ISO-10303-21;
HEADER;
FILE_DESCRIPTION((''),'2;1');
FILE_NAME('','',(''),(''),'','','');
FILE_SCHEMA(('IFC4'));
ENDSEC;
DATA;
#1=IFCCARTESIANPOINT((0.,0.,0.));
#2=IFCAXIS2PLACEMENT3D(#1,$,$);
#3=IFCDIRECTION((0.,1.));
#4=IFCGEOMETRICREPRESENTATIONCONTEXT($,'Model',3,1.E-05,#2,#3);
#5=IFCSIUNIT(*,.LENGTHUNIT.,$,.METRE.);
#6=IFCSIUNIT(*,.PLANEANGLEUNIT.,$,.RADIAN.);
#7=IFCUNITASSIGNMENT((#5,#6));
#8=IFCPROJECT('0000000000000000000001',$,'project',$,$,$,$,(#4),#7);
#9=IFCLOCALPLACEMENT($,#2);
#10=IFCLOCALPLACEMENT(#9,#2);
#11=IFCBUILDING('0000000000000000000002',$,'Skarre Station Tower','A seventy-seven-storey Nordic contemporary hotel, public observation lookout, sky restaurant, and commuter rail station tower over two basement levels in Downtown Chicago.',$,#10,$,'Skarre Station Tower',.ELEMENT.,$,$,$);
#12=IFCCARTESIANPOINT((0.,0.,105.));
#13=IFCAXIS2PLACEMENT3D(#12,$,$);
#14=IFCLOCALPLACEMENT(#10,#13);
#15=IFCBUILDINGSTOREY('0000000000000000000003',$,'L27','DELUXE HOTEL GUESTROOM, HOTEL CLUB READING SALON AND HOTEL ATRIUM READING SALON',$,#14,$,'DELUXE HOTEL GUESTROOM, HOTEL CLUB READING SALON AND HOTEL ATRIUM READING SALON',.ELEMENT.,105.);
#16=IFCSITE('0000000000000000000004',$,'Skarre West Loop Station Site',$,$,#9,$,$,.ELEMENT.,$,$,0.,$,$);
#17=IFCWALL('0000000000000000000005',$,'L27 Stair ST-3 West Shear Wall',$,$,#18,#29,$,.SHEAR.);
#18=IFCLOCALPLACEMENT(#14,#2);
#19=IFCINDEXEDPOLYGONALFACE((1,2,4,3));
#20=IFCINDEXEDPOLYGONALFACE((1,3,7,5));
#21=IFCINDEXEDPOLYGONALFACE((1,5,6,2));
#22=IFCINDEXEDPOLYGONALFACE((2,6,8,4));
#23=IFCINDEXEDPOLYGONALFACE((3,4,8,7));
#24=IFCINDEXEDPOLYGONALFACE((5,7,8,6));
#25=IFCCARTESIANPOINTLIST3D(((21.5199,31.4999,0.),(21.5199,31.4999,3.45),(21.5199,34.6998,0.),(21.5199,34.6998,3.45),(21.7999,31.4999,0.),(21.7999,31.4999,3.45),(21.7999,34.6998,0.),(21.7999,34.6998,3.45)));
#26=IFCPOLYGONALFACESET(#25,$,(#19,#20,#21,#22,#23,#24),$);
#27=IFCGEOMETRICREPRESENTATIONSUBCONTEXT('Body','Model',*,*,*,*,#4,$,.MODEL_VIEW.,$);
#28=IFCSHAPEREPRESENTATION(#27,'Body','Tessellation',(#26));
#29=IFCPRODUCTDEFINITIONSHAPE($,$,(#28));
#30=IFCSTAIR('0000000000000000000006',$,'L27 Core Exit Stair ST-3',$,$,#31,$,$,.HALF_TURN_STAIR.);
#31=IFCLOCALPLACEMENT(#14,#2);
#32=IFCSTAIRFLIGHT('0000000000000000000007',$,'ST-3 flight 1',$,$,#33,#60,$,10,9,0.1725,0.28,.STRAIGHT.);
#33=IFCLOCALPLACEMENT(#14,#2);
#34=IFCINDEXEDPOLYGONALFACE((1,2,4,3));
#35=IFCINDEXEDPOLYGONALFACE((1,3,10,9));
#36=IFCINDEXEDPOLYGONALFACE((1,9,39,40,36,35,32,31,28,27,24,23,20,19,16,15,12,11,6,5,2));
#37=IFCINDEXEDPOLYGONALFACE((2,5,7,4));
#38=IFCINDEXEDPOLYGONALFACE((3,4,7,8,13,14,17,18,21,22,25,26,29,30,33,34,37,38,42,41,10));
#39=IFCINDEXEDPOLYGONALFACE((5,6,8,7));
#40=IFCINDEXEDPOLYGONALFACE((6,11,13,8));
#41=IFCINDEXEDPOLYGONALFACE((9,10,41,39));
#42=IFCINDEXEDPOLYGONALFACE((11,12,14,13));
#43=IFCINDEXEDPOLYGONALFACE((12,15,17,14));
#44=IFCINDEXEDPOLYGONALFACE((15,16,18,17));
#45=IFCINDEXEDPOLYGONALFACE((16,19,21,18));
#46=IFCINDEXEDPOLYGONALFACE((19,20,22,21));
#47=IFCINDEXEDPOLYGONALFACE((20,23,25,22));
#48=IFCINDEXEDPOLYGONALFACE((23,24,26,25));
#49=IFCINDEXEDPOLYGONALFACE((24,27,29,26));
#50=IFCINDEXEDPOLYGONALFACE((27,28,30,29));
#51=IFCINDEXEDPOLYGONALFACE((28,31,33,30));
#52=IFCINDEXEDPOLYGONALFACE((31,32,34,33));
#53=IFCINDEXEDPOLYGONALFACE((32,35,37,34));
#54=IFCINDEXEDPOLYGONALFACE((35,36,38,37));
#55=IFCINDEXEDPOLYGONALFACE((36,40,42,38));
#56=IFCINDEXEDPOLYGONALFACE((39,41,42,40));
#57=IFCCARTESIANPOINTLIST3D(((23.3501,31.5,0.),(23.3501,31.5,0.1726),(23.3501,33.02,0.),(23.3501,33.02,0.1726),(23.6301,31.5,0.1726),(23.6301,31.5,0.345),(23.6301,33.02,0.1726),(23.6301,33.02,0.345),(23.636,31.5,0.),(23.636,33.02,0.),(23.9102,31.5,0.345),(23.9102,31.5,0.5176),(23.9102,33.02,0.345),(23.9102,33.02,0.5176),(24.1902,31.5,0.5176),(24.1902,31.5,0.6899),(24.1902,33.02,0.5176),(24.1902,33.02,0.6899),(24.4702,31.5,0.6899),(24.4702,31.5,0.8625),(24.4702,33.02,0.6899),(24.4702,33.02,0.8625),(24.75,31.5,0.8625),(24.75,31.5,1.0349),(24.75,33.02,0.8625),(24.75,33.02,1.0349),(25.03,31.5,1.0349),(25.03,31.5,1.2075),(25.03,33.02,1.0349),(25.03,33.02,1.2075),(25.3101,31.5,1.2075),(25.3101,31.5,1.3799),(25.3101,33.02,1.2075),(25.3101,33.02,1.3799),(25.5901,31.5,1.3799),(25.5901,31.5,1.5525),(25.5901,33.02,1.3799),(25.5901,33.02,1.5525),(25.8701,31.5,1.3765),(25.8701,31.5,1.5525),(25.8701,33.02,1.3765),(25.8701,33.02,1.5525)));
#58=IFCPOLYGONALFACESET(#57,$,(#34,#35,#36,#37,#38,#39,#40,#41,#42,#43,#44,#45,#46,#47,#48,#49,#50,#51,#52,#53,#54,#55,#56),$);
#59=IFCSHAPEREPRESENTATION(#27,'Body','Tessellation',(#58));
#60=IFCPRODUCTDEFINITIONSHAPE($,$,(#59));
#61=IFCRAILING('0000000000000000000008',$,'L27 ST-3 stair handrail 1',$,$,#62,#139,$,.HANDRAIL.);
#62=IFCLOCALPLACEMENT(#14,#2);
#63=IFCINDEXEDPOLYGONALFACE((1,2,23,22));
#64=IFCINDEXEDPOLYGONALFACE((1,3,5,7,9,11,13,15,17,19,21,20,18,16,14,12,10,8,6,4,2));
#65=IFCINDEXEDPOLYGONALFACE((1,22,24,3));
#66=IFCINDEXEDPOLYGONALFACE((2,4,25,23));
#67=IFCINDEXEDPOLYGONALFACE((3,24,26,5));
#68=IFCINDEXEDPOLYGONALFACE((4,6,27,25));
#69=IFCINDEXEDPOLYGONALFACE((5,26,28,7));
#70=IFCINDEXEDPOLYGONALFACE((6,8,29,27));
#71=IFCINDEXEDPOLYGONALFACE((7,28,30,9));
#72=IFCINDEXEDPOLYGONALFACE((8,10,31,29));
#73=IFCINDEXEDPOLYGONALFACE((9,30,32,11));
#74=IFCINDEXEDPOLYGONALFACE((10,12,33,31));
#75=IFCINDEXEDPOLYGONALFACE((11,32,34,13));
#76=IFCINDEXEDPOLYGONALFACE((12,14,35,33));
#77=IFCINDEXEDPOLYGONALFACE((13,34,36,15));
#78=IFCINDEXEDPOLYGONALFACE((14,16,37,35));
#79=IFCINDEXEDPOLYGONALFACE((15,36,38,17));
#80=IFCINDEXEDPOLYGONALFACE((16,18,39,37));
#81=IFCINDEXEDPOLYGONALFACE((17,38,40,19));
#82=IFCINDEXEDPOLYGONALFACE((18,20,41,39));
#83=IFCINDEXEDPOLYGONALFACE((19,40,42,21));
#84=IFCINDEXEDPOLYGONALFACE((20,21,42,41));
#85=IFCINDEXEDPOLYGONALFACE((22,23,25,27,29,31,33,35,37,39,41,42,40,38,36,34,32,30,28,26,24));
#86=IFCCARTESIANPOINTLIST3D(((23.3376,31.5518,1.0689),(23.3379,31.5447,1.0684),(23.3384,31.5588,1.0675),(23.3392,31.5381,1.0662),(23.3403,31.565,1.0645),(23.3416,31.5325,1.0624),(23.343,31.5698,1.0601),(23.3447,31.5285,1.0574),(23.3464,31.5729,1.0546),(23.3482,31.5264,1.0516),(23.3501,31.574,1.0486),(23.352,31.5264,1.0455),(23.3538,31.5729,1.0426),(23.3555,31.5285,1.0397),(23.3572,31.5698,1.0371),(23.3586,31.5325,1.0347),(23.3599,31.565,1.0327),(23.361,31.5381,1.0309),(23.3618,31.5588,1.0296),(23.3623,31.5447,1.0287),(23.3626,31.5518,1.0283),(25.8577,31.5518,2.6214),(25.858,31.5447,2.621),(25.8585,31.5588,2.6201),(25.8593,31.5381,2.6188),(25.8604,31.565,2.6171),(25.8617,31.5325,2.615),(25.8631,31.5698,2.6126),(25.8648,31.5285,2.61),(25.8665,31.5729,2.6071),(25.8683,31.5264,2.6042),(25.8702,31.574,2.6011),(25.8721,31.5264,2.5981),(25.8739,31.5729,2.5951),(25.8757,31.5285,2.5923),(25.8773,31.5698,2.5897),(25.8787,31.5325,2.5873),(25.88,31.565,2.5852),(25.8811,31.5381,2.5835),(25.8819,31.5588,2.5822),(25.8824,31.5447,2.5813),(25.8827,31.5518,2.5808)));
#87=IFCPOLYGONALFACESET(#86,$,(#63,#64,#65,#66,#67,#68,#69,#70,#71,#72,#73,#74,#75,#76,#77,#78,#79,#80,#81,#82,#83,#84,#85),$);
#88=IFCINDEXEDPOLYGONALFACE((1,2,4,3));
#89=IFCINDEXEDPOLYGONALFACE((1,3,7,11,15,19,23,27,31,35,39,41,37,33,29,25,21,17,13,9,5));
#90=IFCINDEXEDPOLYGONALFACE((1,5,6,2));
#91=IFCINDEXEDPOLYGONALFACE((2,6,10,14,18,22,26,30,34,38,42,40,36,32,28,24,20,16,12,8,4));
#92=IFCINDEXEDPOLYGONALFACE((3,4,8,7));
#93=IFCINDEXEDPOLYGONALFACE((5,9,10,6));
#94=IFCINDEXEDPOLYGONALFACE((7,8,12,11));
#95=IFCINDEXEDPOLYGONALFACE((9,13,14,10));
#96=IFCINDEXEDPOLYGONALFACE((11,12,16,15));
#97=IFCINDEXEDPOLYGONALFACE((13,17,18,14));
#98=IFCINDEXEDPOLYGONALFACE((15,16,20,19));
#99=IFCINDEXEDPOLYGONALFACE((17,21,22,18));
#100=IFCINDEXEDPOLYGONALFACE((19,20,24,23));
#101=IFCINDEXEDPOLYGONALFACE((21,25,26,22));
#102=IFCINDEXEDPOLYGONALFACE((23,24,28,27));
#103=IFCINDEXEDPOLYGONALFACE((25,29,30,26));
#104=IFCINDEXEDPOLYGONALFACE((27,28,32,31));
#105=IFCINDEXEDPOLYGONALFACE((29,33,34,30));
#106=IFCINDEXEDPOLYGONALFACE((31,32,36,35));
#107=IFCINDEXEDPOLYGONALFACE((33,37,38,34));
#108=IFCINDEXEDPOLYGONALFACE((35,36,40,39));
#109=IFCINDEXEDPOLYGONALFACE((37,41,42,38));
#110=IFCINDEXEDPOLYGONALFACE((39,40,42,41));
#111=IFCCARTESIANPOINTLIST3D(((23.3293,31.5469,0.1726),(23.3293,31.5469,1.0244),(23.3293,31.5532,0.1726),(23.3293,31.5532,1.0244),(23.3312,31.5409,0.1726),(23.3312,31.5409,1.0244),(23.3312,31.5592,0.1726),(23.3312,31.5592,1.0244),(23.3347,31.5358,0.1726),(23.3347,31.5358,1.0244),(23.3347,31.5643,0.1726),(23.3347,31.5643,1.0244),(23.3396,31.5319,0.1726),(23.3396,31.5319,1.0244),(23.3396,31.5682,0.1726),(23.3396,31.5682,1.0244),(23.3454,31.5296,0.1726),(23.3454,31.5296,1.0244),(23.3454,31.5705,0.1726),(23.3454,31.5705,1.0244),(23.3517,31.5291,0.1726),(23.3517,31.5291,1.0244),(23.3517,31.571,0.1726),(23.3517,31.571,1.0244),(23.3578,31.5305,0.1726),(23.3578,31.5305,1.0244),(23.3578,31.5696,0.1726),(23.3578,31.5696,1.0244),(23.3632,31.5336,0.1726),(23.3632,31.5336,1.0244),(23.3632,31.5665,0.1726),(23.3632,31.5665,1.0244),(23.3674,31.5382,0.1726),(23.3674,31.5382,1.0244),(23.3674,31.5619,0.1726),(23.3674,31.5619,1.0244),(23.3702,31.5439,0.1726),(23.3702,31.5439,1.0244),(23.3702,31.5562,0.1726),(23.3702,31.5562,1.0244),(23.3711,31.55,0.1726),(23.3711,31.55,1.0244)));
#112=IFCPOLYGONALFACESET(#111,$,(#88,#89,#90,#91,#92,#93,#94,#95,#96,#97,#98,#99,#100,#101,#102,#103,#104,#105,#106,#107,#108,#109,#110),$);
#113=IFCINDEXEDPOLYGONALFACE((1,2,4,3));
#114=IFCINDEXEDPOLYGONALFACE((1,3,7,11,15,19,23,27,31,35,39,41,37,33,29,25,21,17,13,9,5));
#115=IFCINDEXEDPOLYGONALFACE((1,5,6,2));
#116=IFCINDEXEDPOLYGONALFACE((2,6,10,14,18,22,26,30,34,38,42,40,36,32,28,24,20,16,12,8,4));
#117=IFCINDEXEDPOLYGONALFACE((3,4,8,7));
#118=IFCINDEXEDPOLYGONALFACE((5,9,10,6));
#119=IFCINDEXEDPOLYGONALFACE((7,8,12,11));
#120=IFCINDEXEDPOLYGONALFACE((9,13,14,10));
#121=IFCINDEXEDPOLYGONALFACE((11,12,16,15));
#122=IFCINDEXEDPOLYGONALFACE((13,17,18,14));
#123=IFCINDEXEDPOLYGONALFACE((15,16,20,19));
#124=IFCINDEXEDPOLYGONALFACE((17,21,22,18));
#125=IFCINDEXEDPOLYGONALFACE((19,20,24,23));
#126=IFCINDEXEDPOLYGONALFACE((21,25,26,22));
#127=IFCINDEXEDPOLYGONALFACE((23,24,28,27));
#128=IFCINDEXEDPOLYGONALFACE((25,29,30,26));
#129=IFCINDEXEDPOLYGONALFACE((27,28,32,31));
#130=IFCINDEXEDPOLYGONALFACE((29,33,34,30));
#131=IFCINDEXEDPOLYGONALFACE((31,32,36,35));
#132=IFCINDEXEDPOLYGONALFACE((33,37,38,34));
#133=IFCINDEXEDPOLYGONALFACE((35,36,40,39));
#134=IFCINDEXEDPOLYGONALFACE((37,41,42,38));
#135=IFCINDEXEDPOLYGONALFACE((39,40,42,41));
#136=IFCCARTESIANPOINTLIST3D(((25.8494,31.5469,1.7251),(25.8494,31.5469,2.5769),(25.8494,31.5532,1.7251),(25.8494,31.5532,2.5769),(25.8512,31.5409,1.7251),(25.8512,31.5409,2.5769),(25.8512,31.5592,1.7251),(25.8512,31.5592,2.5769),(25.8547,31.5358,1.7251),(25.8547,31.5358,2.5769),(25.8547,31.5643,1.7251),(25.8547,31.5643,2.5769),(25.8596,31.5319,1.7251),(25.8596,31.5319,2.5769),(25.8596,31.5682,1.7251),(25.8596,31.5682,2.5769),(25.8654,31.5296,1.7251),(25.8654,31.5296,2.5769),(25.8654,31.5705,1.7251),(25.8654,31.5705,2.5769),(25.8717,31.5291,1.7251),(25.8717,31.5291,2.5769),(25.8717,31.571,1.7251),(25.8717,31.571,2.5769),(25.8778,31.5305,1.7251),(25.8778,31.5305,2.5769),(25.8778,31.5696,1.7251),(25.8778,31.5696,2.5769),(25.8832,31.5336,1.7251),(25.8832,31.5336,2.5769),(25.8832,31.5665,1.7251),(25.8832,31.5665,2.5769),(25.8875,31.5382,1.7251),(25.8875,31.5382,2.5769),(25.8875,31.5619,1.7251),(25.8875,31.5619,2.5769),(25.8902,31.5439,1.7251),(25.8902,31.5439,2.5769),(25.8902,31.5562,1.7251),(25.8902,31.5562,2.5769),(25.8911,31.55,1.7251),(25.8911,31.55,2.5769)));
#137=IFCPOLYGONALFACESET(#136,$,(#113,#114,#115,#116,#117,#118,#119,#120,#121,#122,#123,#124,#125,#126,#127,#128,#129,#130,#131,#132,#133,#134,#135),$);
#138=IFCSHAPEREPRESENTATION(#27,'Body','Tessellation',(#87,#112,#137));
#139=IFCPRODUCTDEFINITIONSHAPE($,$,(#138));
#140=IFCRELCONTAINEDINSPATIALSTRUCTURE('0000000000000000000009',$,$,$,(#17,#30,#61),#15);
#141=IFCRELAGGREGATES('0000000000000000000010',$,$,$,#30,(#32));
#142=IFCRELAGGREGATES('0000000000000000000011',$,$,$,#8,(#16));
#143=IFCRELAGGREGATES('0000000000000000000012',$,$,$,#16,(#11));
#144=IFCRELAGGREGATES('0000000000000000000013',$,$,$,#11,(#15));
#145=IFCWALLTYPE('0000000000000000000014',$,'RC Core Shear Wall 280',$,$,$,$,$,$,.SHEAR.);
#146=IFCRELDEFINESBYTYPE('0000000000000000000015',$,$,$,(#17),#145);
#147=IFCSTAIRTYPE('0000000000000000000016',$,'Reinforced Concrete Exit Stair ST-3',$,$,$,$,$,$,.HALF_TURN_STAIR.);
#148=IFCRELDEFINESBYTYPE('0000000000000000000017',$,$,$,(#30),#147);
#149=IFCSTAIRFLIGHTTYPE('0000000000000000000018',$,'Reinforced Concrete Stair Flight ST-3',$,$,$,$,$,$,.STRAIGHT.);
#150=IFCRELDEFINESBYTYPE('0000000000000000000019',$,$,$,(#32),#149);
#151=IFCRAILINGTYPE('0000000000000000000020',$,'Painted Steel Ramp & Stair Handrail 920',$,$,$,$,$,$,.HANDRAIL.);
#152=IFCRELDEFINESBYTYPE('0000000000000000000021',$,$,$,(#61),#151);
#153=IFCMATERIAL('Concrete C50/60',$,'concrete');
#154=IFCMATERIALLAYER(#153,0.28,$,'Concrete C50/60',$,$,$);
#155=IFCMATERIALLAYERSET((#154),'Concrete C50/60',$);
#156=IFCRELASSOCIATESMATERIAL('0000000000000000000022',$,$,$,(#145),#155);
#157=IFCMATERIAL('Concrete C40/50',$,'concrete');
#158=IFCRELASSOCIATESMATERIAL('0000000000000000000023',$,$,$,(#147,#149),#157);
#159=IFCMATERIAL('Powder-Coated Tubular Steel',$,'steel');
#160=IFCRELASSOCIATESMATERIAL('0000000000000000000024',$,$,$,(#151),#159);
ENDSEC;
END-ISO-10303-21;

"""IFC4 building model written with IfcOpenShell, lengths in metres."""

from ifc_helpers import new_model, si_unit, direction, frame, frame_2d, origin, origin_2d, place, context, subcontext, project, spatial, polyline, rectangle, circle, outline, extrude, material, layer, layer_set, type_object, element, aggregate, save


model = new_model("IFC4")

# Units and contexts
model_context = context("Model", 3, precision=1e-05, world=origin(), true_north=direction((0.0, 1.0)))
body_context = subcontext(model_context, "Body", "Model", "MODEL_VIEW")
ifc_project = project(units=[si_unit("LENGTHUNIT", "METRE"), si_unit("PLANEANGLEUNIT", "RADIAN")], contexts=[model_context])

# Site, building, storey
site_placement = place(None, origin())
site = spatial("IfcSite", under=ifc_project, at=site_placement, Name="Skarre West Loop Station Site", CompositionType="ELEMENT", RefElevation=0.0)
building_placement = place(site_placement, origin())
building = spatial("IfcBuilding", under=site, at=building_placement, Name="Skarre Station Tower", Description="A seventy-seven-storey Nordic contemporary hotel, public observation lookout, sky restaurant, and commuter rail station tower over two basement levels in Downtown Chicago.", LongName="Skarre Station Tower", CompositionType="ELEMENT")
storey_placement = place(building_placement, frame((0.0, 0.0, 105.0)))
storey = spatial("IfcBuildingStorey", under=building, at=storey_placement, Name="L27", Description="DELUXE HOTEL GUESTROOM, HOTEL CLUB READING SALON AND HOTEL ATRIUM READING SALON", LongName="DELUXE HOTEL GUESTROOM, HOTEL CLUB READING SALON AND HOTEL ATRIUM READING SALON", CompositionType="ELEMENT", Elevation=105.0)

# Wall
ifc_material_1 = material(Name="Concrete C50/60", Category="concrete")
ifc_layer_1 = layer(ifc_material_1, 0.28, Name="Concrete C50/60")
ifc_layer_set_1 = layer_set([ifc_layer_1], Name="Concrete C50/60")
wall_type_1 = type_object("IfcWallType", Name="RC Core Shear Wall 280", PredefinedType="SHEAR", material=ifc_layer_set_1)
wall_1_placement = place(storey_placement, frame((21.6599, 34.7, 0.0), z_axis=(0.0, 0.0, 1.0), x_axis=(0.0, -1.0, 0.0)))
element("IfcWall", 1, at=wall_1_placement, inside=storey, type_object=wall_type_1, Name="L27 Stair ST-3 West Shear Wall", PredefinedType="SHEAR", context=body_context, shape_type="SweptSolid", body=[
    extrude(rectangle(XDim=3.2, YDim=0.28, at=frame_2d((1.6001, 0.0))), origin(), (0.0, 0.0, 1.0), 3.45),
])

# Stair, stair flight
ifc_material_2 = material(Name="Concrete C40/50", Category="concrete")
stair_type = type_object("IfcStairType", Name="Reinforced Concrete Exit Stair ST-3", PredefinedType="HALF_TURN_STAIR", material=ifc_material_2)
stair_placement = place(storey_placement, origin())
stair = element("IfcStair", 2, at=stair_placement, inside=storey, type_object=stair_type, Name="L27 Core Exit Stair ST-3", PredefinedType="HALF_TURN_STAIR")
stair_flight_type = type_object("IfcStairFlightType", Name="Reinforced Concrete Stair Flight ST-3", PredefinedType="STRAIGHT", material=ifc_material_2)
stair_flight_placement = place(storey_placement, frame((23.3501, 32.26, 0.0), z_axis=(0.0, 0.0, 1.0), x_axis=(1.0, 0.0, 0.0)))
stair_flight = element("IfcStairFlight", 3, at=stair_flight_placement, type_object=stair_flight_type, Name="ST-3 flight 1", NumberOfRisers=10, NumberOfTreads=9, PredefinedType="STRAIGHT", RiserHeight=0.1725, TreadLength=0.28, context=body_context, shape_type="SweptSolid", body=[
    extrude(outline(polyline([(0.0, 0.0), (0.0, 0.1726), (0.28, 0.1726), (0.28, 0.345), (0.5601, 0.345), (0.5601, 0.5176), (0.8401, 0.5176), (0.8401, 0.6899), (1.1201, 0.6899), (1.1201, 0.8625), (1.3999, 0.8625), (1.3999, 1.0349), (1.6799, 1.0349), (1.6799, 1.2075), (1.96, 1.2075), (1.96, 1.3799), (2.24, 1.3799), (2.24, 1.5525), (2.52, 1.5525), (2.52, 1.7251), (2.52, 1.3765), (0.2859, 0.0), (0.0, 0.0)])), frame((0.0, 0.76, 0.0), z_axis=(0.0, -1.0, 0.0), x_axis=(1.0, 0.0, 0.0)), (0.0, 0.0, 1.0), 1.52),
])
aggregate(stair, [stair_flight])

# Railing
ifc_material_3 = material(Name="Powder-Coated Tubular Steel", Category="steel")
railing_type_1 = type_object("IfcRailingType", Name="Painted Steel Ramp & Stair Handrail 920", PredefinedType="HANDRAIL", material=ifc_material_3)
railing_1_placement = place(storey_placement, frame((23.3501, 31.55, 0.1726)))
element("IfcRailing", 4, at=railing_1_placement, inside=storey, type_object=railing_type_1, Name="L27 ST-3 stair handrail 1", PredefinedType="HANDRAIL", context=body_context, shape_type="SweptSolid", body=[
    extrude(circle(Radius=0.0239, at=origin_2d()), frame((0.0, 0.0, 0.876), z_axis=(0.8514, 0.0, 0.524516), x_axis=(0.0, 1.0, 0.0)), (0.0, 0.0, 1.0), 2.96),
    extrude(circle(Radius=0.021, at=origin_2d()), origin(), (0.0, 0.0, 1.0), 0.8518),
    extrude(circle(Radius=0.021, at=origin_2d()), frame((2.52, 0.0, 1.5525)), (0.0, 0.0, 1.0), 0.8518),
])

save(model, "model.ifc")
